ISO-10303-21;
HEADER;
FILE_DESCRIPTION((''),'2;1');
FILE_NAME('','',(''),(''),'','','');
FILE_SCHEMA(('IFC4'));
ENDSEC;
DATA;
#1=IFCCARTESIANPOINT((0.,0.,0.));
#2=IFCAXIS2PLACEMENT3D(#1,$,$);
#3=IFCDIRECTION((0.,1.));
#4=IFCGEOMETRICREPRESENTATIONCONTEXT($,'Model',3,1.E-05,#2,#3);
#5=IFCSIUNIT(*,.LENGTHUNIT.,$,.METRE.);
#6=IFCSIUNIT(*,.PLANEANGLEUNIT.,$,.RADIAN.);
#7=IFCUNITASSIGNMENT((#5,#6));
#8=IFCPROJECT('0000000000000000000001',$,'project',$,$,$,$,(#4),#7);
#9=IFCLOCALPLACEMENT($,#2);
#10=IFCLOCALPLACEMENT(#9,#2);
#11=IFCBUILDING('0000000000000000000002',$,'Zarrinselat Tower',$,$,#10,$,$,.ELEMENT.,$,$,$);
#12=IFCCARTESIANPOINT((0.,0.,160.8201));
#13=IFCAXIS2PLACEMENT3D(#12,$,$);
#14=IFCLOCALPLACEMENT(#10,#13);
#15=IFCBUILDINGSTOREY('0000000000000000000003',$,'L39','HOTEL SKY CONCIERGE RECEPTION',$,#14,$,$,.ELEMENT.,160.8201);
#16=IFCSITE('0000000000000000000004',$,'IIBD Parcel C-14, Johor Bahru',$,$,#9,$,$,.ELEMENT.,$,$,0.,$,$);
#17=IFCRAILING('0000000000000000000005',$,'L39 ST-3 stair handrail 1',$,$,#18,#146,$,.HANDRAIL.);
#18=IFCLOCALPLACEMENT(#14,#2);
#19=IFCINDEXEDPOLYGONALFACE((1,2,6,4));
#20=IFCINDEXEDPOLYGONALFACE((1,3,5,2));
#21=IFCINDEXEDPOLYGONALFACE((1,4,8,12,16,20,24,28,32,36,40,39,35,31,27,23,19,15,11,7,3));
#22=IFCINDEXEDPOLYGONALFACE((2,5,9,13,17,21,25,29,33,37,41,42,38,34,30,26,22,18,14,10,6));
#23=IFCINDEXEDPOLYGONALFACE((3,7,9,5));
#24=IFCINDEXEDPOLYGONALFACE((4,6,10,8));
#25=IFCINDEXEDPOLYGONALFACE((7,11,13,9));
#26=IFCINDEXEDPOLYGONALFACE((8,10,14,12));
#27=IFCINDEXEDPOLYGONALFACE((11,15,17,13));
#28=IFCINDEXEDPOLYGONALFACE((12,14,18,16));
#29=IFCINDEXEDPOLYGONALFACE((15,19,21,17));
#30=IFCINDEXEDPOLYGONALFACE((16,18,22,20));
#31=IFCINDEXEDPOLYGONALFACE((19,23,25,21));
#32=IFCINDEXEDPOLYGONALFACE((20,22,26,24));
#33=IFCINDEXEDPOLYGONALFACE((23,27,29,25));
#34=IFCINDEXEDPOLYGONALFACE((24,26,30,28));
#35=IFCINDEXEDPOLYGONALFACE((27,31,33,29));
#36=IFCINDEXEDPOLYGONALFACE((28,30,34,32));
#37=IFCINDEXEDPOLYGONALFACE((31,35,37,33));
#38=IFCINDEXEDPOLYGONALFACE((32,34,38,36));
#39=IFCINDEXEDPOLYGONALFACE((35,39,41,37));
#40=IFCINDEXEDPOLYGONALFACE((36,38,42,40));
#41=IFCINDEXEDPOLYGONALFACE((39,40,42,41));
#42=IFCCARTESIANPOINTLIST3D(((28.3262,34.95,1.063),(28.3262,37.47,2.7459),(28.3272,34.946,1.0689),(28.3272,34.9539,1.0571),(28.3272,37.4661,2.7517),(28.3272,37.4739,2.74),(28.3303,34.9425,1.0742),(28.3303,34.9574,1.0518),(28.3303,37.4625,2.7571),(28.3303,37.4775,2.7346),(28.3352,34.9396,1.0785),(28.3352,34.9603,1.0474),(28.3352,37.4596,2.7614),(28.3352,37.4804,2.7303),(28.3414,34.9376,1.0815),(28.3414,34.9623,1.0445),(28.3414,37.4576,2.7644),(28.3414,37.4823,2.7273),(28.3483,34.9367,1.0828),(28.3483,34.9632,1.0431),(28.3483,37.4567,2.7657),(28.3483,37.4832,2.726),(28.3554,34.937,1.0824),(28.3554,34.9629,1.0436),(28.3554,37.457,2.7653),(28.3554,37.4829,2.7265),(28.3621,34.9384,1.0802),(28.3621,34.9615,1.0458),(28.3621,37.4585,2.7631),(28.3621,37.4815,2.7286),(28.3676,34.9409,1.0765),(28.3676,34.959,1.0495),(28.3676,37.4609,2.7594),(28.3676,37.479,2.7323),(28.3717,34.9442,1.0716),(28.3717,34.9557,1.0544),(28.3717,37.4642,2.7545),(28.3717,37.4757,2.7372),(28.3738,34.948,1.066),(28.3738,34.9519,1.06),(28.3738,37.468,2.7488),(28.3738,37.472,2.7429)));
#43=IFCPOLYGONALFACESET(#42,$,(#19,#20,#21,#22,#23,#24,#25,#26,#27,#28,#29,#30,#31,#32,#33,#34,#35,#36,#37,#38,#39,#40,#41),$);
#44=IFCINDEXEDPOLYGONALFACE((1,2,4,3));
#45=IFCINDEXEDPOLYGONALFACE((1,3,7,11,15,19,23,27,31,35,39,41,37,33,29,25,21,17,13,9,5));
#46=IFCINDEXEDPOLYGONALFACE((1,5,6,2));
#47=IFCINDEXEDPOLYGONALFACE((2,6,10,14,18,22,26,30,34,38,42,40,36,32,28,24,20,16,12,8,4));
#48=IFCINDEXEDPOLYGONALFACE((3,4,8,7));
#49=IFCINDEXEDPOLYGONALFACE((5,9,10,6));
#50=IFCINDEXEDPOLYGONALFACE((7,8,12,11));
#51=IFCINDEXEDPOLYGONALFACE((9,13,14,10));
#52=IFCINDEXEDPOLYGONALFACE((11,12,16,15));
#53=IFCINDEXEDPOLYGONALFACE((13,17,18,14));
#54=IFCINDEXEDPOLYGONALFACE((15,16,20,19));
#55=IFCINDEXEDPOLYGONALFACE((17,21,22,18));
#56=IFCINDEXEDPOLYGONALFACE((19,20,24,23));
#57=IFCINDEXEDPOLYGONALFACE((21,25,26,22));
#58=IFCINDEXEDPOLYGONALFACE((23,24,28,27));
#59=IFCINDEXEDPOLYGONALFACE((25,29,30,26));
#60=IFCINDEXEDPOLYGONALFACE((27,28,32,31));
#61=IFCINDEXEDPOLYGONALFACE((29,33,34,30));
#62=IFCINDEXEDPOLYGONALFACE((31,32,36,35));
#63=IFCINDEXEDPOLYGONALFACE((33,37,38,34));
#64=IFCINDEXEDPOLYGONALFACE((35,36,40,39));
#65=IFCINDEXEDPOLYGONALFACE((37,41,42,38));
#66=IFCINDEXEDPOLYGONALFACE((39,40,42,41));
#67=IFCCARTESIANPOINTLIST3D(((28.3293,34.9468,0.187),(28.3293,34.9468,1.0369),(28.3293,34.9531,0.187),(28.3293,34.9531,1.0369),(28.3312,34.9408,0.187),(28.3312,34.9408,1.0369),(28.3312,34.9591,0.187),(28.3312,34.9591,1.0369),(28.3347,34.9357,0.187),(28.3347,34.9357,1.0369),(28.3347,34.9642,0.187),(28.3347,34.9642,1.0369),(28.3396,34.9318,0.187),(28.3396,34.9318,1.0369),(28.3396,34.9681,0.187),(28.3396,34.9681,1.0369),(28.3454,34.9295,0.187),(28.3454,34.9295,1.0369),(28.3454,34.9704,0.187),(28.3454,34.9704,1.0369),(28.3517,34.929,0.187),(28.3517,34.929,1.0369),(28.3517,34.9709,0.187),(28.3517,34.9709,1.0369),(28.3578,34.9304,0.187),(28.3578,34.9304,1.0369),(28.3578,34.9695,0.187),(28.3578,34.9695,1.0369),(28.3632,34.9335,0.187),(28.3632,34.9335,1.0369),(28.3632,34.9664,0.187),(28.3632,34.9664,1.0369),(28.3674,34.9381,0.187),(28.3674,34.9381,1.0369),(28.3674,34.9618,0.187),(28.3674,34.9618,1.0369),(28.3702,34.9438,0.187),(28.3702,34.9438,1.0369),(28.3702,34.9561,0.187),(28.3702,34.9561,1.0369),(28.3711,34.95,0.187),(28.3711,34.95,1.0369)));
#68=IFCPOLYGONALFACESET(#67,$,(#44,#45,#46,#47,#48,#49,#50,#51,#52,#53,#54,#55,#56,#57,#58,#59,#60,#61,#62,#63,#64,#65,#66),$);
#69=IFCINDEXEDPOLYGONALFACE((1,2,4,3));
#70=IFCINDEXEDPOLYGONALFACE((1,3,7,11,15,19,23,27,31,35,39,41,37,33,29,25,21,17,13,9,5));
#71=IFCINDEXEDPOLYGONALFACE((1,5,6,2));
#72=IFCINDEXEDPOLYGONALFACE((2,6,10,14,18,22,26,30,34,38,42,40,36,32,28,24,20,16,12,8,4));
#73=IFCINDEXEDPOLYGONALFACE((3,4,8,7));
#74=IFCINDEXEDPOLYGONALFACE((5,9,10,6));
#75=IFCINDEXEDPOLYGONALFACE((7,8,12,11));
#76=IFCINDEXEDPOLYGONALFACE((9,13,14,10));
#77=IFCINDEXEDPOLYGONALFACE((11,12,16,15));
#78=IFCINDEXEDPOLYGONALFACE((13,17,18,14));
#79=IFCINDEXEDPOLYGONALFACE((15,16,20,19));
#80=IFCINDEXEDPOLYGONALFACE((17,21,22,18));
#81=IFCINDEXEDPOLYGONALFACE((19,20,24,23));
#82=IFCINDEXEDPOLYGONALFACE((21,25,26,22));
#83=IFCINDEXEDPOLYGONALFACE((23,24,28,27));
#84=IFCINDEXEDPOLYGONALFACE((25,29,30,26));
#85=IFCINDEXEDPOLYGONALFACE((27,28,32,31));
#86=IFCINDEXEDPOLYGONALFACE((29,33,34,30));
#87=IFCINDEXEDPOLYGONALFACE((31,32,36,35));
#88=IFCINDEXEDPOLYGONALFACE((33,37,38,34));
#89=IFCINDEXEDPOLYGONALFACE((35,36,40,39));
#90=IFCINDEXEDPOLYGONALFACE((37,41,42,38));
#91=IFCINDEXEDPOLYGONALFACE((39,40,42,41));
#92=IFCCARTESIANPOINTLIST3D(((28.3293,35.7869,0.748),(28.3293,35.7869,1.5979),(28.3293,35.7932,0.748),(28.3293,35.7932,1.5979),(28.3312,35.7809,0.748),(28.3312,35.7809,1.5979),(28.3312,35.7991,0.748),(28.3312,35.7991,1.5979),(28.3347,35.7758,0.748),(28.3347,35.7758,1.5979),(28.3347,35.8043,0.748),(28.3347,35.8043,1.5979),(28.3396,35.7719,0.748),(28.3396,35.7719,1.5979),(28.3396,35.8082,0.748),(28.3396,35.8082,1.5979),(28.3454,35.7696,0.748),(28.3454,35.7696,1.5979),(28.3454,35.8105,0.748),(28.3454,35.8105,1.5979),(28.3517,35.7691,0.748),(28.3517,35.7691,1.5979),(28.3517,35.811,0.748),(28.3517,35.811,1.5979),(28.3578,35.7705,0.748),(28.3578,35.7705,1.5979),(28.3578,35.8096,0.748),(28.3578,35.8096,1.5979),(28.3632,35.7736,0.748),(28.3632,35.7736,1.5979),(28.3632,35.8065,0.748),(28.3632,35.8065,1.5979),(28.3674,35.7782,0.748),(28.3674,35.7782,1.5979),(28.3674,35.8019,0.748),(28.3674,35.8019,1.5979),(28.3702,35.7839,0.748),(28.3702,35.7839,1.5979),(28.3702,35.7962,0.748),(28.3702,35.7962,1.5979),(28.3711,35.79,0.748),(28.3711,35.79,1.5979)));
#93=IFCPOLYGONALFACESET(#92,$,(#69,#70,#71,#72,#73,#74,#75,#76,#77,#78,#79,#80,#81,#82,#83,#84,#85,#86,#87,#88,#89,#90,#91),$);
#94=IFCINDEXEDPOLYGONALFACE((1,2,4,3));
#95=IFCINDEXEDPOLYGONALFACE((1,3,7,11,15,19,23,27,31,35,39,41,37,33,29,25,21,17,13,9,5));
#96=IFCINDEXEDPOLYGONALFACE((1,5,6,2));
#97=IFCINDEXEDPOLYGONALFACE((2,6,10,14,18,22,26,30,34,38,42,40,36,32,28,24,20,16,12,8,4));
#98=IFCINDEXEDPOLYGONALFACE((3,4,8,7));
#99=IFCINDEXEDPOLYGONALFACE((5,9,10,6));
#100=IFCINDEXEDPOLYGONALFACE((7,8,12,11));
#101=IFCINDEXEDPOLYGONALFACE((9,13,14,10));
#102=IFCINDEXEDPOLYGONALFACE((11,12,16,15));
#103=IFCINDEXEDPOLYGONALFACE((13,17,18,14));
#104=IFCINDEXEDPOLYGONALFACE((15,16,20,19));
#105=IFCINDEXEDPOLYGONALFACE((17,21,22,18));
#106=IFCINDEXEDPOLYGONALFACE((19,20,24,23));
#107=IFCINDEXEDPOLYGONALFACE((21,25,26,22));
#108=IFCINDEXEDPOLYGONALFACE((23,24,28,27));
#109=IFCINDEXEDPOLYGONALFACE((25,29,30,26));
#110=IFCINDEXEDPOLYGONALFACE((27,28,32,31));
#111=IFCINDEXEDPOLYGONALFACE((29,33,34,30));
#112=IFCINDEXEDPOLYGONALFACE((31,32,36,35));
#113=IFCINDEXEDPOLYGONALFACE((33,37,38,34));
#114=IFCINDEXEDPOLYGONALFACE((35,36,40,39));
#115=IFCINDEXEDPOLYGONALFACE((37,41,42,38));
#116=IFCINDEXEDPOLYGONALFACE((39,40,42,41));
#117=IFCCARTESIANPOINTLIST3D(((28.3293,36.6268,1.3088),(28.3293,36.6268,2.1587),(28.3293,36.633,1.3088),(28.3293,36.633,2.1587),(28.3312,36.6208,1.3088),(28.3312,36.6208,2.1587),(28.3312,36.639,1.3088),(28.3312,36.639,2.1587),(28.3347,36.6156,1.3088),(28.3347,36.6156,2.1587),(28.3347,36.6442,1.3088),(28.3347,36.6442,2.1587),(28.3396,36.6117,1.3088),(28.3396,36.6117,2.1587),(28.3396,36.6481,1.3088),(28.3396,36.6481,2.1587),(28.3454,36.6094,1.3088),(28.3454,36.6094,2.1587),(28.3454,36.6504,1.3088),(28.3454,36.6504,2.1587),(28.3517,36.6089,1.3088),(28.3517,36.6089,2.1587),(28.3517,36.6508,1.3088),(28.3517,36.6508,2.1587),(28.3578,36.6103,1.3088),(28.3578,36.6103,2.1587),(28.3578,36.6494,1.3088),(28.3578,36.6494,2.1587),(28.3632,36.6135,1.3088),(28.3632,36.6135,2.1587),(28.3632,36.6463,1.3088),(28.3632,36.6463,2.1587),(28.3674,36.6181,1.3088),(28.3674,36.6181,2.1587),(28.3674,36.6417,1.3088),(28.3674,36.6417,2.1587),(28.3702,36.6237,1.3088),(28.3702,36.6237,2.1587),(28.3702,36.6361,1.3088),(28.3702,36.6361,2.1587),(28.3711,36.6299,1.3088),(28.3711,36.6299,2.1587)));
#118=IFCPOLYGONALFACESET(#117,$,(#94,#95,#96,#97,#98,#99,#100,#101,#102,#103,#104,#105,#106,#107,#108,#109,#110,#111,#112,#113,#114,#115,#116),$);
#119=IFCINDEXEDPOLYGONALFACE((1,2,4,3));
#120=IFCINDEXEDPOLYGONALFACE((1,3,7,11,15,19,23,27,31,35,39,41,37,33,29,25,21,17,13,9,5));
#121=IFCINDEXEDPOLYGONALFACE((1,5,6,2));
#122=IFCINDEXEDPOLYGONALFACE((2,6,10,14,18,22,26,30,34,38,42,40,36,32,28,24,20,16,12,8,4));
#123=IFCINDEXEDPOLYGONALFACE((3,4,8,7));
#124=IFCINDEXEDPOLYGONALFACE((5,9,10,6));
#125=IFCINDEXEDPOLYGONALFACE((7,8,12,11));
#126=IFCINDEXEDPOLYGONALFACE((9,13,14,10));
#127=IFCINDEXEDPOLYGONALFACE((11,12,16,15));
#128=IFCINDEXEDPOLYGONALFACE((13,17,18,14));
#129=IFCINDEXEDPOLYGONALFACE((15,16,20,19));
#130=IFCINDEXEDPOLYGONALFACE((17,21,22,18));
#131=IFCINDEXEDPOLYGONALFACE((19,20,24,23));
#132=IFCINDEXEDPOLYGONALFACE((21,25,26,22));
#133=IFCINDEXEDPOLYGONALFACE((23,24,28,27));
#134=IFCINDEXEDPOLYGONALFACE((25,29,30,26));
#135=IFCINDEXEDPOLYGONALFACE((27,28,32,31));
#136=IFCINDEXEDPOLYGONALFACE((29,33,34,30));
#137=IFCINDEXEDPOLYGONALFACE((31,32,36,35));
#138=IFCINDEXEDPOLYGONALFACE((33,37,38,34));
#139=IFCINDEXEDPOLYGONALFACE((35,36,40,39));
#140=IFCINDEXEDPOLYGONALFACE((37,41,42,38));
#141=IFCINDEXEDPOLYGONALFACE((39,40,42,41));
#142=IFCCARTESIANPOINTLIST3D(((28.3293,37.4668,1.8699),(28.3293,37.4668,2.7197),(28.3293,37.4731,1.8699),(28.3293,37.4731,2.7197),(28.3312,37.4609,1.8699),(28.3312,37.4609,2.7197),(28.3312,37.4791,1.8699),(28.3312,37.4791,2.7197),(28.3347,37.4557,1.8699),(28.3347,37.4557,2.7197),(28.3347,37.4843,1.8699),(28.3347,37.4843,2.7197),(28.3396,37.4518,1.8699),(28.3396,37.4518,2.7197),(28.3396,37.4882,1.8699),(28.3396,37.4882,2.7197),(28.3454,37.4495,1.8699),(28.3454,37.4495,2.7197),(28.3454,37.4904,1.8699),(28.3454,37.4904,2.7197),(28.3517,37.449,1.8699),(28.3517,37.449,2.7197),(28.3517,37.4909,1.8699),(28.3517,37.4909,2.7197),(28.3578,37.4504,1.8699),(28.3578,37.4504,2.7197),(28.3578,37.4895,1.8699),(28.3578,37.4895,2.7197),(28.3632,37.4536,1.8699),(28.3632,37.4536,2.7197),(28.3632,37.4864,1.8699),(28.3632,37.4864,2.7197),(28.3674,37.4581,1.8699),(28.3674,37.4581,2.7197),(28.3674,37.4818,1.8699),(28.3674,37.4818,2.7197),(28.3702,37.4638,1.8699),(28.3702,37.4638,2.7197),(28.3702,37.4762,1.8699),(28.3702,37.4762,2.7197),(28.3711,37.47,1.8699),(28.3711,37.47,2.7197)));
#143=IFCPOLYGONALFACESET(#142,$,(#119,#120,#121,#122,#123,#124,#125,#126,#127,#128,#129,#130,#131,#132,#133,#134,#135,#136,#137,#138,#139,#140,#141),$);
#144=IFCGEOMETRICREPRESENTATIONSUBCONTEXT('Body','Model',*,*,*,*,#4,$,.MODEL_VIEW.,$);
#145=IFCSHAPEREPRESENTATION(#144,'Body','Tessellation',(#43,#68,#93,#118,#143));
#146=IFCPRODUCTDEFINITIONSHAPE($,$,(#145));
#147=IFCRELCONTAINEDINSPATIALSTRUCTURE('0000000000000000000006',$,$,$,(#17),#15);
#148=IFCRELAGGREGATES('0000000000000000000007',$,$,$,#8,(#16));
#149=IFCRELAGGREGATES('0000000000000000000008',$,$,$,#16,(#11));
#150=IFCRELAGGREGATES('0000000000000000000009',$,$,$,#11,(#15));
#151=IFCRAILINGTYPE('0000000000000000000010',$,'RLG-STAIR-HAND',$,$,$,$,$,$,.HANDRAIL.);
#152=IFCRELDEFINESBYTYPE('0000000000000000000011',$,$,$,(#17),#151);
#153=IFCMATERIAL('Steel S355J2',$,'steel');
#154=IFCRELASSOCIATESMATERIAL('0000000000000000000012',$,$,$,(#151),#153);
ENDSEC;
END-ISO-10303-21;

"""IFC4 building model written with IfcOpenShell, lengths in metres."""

from ifc_helpers import new_model, si_unit, direction, frame, origin, origin_2d, place, context, subcontext, project, spatial, circle, extrude, material, type_object, element, save


model = new_model("IFC4")

# Units and contexts
model_context = context("Model", 3, precision=1e-05, world=origin(), true_north=direction((0.0, 1.0)))
body_context = subcontext(model_context, "Body", "Model", "MODEL_VIEW")
ifc_project = project(units=[si_unit("LENGTHUNIT", "METRE"), si_unit("PLANEANGLEUNIT", "RADIAN")], contexts=[model_context])

# Site, building, storey
site_placement = place(None, origin())
site = spatial("IfcSite", under=ifc_project, at=site_placement, Name="IIBD Parcel C-14, Johor Bahru", CompositionType="ELEMENT", RefElevation=0.0)
building_placement = place(site_placement, origin())
building = spatial("IfcBuilding", under=site, at=building_placement, Name="Zarrinselat Tower", CompositionType="ELEMENT")
storey_placement = place(building_placement, frame((0.0, 0.0, 160.8201)))
storey = spatial("IfcBuildingStorey", under=building, at=storey_placement, Name="L39", Description="HOTEL SKY CONCIERGE RECEPTION", CompositionType="ELEMENT", Elevation=160.8201)

# Railing
ifc_material_1 = material(Name="Steel S355J2", Category="steel")
railing_type_1 = type_object("IfcRailingType", Name="RLG-STAIR-HAND", PredefinedType="HANDRAIL", material=ifc_material_1)
railing_1_placement = place(storey_placement, frame((28.3501, 34.95, 0.187)))
element("IfcRailing", 1, at=railing_1_placement, inside=storey, type_object=railing_type_1, Name="L39 ST-3 stair handrail 1", PredefinedType="HANDRAIL", context=body_context, shape_type="SweptSolid", body=[
    extrude(circle(Radius=0.0239, at=origin_2d()), frame((0.0, 0.0, 0.876), z_axis=(0.0, 0.831616, 0.555351), x_axis=(-1.0, 0.0, 0.0)), (0.0, 0.0, 1.0), 3.0303),
    extrude(circle(Radius=0.021, at=origin_2d()), origin(), (0.0, 0.0, 1.0), 0.8499),
    extrude(circle(Radius=0.021, at=origin_2d()), frame((0.0, 0.8401, 0.561)), (0.0, 0.0, 1.0), 0.8499),
    extrude(circle(Radius=0.021, at=origin_2d()), frame((0.0, 1.6799, 1.1218)), (0.0, 0.0, 1.0), 0.8499),
    extrude(circle(Radius=0.021, at=origin_2d()), frame((0.0, 2.52, 1.6829)), (0.0, 0.0, 1.0), 0.8499),
])

save(model, "model.ifc")
